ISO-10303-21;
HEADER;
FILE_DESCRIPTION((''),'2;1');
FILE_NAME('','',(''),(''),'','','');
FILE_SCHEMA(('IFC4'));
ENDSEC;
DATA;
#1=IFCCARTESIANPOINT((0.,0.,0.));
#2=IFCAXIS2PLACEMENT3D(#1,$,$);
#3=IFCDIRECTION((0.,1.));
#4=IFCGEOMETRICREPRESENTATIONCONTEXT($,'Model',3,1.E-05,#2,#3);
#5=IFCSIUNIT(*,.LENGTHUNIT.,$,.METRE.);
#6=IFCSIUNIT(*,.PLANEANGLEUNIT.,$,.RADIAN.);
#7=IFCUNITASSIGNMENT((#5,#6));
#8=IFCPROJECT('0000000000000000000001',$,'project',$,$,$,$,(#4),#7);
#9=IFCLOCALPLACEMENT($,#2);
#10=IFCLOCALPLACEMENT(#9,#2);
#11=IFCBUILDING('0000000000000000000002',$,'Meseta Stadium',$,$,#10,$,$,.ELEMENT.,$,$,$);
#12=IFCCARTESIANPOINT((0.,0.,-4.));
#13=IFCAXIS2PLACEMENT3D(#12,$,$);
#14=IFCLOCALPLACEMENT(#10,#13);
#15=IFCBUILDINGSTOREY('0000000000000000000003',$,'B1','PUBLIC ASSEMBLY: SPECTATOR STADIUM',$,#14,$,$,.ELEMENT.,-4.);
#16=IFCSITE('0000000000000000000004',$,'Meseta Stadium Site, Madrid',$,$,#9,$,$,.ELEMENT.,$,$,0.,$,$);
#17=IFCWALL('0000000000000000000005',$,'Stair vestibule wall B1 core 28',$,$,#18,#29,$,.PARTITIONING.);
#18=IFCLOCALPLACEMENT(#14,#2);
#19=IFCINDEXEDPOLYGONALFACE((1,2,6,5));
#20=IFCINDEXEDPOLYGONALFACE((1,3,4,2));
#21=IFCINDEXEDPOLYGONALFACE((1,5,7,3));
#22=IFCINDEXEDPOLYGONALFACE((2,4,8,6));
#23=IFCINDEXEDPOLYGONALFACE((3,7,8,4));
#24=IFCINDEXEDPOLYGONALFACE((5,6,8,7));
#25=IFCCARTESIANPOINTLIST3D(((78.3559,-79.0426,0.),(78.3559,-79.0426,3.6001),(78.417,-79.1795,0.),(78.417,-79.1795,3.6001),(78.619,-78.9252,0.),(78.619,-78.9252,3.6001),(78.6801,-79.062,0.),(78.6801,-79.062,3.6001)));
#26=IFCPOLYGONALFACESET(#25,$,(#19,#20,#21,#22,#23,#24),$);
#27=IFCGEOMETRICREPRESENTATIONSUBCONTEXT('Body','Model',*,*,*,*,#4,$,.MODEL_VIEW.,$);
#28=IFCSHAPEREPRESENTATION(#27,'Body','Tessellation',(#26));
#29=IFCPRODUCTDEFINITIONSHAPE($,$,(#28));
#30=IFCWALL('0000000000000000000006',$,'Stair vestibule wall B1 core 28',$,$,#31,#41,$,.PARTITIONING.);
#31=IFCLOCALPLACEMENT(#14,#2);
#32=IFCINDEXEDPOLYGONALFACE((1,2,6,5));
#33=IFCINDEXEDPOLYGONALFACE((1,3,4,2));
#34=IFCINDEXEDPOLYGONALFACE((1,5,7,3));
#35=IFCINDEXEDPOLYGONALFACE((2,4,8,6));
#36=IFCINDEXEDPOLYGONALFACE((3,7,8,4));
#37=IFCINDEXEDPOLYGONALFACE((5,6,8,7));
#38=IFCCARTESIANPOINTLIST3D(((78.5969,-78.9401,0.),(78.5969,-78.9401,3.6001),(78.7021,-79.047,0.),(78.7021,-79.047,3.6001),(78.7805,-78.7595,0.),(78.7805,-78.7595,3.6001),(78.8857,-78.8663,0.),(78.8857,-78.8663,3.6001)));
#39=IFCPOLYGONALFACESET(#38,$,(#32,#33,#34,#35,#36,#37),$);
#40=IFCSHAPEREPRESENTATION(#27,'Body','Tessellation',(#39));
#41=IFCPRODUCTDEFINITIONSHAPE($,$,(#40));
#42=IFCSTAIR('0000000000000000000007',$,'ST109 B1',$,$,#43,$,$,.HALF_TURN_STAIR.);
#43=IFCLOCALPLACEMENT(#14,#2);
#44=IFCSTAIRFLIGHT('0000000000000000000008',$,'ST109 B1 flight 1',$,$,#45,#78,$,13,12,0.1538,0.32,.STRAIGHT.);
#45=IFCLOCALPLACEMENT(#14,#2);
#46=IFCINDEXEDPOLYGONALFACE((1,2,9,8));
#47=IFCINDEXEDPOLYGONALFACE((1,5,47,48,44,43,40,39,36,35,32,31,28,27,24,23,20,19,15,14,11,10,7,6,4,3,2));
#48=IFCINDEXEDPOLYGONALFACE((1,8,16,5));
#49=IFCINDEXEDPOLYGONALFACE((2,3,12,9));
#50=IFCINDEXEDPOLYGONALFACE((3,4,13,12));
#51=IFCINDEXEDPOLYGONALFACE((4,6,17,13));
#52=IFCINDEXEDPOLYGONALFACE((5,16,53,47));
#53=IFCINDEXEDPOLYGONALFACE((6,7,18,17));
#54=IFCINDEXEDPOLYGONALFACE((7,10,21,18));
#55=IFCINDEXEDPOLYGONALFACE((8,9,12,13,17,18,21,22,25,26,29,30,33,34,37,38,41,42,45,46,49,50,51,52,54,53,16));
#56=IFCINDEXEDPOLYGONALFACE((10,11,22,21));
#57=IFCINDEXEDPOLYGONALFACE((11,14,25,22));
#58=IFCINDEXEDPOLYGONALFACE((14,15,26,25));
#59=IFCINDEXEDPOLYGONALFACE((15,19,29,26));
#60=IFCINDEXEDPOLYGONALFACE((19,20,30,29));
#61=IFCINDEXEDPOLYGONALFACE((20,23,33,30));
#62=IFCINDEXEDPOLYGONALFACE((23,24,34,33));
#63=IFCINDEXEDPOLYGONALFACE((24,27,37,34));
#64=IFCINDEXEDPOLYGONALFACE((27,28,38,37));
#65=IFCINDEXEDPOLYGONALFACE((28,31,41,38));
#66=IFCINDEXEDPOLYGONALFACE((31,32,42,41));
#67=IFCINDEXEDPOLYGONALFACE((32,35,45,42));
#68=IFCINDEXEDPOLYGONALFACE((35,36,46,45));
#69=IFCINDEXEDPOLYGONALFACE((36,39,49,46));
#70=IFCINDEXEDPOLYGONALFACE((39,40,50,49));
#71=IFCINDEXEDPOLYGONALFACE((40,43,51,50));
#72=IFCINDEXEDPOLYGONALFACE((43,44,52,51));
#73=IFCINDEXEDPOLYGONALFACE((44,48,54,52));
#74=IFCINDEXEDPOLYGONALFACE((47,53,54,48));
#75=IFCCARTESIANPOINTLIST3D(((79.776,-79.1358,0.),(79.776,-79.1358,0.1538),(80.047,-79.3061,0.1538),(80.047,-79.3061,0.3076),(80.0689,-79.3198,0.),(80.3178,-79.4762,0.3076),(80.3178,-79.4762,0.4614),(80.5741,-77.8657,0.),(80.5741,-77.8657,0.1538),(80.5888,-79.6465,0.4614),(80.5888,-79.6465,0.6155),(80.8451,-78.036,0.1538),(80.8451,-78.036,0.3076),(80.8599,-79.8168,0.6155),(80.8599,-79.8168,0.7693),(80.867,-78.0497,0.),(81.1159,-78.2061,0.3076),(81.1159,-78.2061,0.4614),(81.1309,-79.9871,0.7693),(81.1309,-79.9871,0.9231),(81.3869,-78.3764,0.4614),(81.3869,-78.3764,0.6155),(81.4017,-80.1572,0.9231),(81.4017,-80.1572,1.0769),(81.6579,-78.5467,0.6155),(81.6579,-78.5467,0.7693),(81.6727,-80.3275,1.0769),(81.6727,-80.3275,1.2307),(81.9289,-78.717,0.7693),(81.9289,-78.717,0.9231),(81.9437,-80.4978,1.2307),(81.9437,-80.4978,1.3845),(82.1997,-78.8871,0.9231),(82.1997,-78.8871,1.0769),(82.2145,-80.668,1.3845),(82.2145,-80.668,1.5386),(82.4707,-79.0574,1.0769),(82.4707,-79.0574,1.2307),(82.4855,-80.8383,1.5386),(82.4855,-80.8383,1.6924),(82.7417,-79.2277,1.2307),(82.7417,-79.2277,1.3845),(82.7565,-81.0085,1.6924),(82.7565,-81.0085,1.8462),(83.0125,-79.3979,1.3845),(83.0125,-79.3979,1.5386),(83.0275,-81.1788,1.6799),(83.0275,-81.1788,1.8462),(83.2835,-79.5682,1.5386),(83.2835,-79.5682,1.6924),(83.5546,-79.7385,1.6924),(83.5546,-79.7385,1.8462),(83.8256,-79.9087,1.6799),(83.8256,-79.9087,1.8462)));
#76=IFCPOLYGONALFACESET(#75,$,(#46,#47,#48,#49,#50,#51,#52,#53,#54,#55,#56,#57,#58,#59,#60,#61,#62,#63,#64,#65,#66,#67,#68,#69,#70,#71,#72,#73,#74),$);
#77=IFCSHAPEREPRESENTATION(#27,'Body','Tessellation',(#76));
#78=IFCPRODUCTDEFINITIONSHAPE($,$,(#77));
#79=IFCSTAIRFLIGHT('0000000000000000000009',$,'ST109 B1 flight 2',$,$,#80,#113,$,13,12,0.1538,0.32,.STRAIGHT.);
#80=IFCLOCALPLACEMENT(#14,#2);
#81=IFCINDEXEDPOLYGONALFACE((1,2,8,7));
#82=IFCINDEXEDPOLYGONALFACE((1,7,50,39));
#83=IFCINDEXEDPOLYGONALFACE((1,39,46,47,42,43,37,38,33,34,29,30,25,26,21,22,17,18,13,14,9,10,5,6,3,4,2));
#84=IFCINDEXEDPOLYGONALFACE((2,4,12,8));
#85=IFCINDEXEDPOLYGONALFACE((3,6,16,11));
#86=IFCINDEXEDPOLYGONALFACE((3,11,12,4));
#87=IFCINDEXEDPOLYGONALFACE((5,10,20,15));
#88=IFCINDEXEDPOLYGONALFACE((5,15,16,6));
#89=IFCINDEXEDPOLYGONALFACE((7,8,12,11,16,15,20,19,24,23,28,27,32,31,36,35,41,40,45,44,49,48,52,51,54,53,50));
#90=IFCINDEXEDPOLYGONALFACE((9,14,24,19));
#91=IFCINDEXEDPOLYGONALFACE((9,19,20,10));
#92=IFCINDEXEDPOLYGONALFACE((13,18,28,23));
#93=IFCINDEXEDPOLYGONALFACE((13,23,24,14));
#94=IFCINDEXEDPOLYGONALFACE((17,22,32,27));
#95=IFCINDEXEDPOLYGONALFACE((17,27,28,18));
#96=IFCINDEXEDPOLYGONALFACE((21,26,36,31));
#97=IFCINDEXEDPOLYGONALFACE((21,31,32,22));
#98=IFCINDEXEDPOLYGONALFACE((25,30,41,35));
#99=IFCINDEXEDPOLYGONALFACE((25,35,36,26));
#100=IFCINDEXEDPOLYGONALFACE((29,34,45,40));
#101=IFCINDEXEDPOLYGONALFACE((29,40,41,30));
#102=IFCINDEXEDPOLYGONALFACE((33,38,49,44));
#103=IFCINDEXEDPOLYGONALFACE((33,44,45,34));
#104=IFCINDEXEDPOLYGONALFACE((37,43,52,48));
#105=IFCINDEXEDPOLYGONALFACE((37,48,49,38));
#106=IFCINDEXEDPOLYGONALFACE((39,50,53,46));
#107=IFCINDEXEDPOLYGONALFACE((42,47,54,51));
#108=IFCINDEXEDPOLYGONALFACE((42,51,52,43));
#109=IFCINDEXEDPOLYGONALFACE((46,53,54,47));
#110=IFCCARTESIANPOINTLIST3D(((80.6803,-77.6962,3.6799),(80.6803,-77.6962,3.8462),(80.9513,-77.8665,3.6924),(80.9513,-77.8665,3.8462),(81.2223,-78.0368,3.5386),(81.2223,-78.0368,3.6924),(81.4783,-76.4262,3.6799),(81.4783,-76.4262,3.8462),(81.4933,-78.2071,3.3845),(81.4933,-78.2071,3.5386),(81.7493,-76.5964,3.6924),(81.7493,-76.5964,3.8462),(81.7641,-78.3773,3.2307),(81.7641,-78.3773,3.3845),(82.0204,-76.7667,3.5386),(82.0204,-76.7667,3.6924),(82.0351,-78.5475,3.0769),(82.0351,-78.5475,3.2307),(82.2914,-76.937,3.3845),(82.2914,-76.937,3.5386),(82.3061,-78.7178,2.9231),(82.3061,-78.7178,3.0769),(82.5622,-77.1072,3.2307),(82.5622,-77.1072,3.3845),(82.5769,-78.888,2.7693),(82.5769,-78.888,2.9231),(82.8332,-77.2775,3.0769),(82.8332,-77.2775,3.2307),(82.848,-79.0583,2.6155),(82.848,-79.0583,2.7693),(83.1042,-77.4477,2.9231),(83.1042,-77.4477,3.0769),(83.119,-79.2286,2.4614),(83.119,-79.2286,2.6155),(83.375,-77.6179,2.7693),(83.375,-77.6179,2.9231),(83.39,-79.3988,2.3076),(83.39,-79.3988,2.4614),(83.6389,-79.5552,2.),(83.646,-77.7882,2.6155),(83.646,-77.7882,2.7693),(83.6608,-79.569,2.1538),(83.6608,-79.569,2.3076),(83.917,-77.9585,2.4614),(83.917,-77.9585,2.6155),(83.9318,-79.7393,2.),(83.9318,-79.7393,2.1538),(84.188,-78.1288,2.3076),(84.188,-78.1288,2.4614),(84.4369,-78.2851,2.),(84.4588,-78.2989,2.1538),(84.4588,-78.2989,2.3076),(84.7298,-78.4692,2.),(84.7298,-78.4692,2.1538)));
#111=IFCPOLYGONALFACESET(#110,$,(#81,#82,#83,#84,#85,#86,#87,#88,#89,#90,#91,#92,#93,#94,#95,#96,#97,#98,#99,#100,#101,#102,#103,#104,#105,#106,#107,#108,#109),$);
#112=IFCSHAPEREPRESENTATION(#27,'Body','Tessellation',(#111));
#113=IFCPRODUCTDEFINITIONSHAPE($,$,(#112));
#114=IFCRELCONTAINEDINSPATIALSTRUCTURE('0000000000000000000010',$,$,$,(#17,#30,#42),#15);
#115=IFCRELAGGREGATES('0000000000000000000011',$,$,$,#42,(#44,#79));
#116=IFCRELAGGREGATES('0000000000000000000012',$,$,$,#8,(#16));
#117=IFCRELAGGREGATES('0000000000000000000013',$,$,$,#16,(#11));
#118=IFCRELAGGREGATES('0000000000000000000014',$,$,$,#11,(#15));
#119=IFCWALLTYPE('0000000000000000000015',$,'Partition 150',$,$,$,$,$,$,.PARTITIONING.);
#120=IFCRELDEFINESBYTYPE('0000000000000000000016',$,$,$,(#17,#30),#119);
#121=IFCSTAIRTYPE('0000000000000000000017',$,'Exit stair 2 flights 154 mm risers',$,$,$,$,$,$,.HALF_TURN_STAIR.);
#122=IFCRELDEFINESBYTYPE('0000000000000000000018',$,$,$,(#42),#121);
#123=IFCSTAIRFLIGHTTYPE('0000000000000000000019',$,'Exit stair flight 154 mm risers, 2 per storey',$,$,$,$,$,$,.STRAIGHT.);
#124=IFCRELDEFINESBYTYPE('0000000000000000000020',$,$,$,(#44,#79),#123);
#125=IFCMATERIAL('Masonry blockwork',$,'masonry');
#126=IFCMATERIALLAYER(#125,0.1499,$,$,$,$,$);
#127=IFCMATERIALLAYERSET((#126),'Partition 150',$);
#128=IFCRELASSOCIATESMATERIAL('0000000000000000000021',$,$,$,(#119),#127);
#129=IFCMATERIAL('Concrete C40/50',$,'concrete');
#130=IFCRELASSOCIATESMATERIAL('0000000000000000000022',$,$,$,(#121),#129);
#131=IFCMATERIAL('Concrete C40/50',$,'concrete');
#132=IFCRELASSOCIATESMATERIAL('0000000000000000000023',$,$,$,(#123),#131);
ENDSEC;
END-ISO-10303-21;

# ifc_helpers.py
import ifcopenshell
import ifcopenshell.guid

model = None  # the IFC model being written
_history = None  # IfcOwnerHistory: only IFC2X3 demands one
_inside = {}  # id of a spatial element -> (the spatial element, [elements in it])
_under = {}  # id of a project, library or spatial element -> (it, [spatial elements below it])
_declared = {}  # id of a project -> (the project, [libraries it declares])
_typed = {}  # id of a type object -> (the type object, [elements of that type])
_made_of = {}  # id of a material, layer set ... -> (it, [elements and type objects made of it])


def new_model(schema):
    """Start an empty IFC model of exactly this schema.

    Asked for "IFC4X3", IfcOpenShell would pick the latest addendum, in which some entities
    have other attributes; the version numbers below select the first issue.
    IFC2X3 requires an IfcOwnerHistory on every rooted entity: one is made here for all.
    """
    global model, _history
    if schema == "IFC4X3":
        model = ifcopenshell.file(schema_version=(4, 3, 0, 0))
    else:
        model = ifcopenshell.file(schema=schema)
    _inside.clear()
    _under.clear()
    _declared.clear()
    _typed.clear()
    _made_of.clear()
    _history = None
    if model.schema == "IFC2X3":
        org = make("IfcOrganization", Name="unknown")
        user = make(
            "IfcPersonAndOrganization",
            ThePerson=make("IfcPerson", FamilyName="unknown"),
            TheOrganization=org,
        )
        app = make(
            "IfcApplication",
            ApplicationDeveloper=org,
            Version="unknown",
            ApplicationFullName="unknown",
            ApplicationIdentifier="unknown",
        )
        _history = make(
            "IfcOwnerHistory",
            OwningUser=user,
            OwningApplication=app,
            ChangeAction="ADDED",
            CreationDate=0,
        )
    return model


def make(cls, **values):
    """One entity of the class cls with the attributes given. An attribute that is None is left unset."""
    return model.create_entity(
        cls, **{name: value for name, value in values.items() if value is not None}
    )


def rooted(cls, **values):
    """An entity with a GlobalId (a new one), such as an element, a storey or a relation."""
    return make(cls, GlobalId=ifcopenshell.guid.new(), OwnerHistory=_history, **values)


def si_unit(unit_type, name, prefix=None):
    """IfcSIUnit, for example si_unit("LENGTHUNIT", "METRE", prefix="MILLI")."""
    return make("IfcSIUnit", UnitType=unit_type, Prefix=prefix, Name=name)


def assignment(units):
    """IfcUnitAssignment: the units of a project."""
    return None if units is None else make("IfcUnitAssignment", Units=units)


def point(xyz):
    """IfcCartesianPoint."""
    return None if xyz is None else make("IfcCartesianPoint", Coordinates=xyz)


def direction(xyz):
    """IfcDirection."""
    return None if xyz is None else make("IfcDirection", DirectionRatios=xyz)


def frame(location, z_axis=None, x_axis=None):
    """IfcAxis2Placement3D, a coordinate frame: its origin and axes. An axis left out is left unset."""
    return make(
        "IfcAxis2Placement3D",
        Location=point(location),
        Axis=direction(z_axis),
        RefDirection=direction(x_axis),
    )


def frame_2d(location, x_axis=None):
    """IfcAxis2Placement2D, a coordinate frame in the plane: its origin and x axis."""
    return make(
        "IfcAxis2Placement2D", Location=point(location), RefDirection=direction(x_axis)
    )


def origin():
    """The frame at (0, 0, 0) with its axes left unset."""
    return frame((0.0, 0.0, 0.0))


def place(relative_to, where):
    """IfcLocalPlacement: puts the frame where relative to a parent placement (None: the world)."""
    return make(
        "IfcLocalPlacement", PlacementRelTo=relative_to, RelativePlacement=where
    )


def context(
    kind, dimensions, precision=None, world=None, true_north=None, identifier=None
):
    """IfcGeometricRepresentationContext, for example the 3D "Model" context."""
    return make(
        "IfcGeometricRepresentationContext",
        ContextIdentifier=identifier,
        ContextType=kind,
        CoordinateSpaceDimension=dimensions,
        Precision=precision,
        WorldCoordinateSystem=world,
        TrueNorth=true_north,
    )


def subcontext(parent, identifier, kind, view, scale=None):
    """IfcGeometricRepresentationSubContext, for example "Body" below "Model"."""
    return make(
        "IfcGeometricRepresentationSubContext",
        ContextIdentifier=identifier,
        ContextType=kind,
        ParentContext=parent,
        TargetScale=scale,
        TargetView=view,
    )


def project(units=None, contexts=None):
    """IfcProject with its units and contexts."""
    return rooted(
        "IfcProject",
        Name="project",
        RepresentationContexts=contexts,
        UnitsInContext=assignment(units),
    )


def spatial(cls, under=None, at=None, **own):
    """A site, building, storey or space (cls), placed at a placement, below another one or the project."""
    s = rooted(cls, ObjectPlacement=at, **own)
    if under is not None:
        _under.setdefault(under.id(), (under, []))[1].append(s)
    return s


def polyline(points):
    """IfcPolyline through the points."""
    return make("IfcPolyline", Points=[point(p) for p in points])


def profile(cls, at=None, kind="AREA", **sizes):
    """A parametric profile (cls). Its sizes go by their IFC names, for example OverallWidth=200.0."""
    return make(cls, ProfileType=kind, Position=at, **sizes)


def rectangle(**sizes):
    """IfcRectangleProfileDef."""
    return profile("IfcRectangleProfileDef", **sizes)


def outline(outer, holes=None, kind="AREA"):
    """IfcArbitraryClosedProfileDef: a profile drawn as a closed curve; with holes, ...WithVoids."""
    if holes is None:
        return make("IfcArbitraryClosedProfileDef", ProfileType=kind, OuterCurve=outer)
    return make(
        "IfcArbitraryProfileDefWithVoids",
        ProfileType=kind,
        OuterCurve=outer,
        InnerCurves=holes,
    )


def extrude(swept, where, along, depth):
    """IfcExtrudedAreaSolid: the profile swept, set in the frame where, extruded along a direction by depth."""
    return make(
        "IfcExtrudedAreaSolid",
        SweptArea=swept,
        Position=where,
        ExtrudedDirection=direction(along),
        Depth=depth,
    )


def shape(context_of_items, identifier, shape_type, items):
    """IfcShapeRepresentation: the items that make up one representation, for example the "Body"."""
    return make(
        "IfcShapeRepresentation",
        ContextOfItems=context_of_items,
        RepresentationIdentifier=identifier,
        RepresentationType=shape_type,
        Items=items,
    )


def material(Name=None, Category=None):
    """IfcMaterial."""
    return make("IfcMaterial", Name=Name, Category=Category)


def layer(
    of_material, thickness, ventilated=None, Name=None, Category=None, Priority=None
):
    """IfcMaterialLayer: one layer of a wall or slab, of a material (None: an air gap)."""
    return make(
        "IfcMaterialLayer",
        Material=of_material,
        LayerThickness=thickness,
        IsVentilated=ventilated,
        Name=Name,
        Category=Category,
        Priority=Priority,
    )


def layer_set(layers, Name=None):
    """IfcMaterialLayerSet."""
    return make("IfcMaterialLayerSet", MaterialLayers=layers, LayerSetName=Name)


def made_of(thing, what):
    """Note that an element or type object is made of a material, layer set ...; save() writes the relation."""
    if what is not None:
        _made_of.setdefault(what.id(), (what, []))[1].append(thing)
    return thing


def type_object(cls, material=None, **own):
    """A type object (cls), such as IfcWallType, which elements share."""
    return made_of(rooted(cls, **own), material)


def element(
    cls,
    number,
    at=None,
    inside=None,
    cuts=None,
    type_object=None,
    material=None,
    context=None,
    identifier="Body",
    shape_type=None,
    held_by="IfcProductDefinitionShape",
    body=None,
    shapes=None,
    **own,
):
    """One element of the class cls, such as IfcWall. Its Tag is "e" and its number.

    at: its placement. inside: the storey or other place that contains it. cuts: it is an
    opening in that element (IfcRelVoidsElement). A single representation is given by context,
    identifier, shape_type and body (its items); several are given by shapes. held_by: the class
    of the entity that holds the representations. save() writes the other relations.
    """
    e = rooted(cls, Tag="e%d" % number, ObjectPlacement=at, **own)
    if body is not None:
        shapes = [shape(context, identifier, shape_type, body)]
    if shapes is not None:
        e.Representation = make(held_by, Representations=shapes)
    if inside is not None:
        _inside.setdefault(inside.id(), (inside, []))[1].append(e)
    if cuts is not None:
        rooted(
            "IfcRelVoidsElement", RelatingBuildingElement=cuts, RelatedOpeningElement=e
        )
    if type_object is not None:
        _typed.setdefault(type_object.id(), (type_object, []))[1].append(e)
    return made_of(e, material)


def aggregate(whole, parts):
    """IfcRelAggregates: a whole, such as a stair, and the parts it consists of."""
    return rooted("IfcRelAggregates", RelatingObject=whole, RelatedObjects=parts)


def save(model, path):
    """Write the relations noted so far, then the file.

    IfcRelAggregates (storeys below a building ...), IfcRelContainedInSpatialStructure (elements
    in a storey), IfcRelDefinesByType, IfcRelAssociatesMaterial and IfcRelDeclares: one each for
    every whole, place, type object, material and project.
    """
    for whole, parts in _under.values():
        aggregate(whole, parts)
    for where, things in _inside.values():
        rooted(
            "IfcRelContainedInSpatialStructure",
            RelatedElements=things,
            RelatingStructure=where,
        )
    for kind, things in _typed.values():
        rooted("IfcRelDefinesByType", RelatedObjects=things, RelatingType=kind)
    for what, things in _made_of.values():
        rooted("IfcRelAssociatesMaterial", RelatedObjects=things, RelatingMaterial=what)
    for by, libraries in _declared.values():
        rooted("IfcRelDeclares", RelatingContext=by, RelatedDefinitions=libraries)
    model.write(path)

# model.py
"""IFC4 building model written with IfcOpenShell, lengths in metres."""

from ifc_helpers import new_model, si_unit, direction, frame, frame_2d, origin, place, context, subcontext, project, spatial, polyline, rectangle, outline, extrude, material, layer, layer_set, type_object, element, aggregate, save


model = new_model("IFC4")

# Units and contexts
model_context = context("Model", 3, precision=1e-05, world=origin(), true_north=direction((0.0, 1.0)))
body_context = subcontext(model_context, "Body", "Model", "MODEL_VIEW")
ifc_project = project(units=[si_unit("LENGTHUNIT", "METRE"), si_unit("PLANEANGLEUNIT", "RADIAN")], contexts=[model_context])

# Site, building, storey
site_placement = place(None, origin())
site = spatial("IfcSite", under=ifc_project, at=site_placement, Name="Meseta Stadium Site, Madrid", CompositionType="ELEMENT", RefElevation=0.0)
building_placement = place(site_placement, origin())
building = spatial("IfcBuilding", under=site, at=building_placement, Name="Meseta Stadium", CompositionType="ELEMENT")
storey_placement = place(building_placement, frame((0.0, 0.0, -4.0)))
storey = spatial("IfcBuildingStorey", under=building, at=storey_placement, Name="B1", Description="PUBLIC ASSEMBLY: SPECTATOR STADIUM", CompositionType="ELEMENT", Elevation=-4.0)

# Walls
ifc_material_1 = material(Name="Masonry blockwork", Category="masonry")
ifc_layer_1 = layer(ifc_material_1, 0.1499)
ifc_layer_set_1 = layer_set([ifc_layer_1], Name="Partition 150")
wall_type_1 = type_object("IfcWallType", Name="Partition 150", PredefinedType="PARTITIONING", material=ifc_layer_set_1)
wall_1_placement = place(storey_placement, frame((78.3865, -79.1111, 0.0), z_axis=(0.0, 0.0, 1.0), x_axis=(0.913076, 0.40779, 0.0)))
element("IfcWall", 1, at=wall_1_placement, inside=storey, type_object=wall_type_1, Name="Stair vestibule wall B1 core 28", PredefinedType="PARTITIONING", context=body_context, shape_type="SweptSolid", body=[
    extrude(rectangle(XDim=0.2881, YDim=0.1499, at=frame_2d((0.144, 0.0))), origin(), (0.0, 0.0, 1.0), 3.6001),
])
wall_2_placement = place(storey_placement, frame((78.6494, -78.9937, 0.0), z_axis=(0.0, 0.0, 1.0), x_axis=(0.712771, 0.701397, 0.0)))
element("IfcWall", 2, at=wall_2_placement, inside=storey, type_object=wall_type_1, Name="Stair vestibule wall B1 core 28", PredefinedType="PARTITIONING", context=body_context, shape_type="SweptSolid", body=[
    extrude(rectangle(XDim=0.2576, YDim=0.1499, at=frame_2d((0.1289, 0.0))), origin(), (0.0, 0.0, 1.0), 3.6001),
])

# Stair, stair flights
ifc_material_2 = material(Name="Concrete C40/50", Category="concrete")
stair_type = type_object("IfcStairType", Name="Exit stair 2 flights 154 mm risers", PredefinedType="HALF_TURN_STAIR", material=ifc_material_2)
stair_placement = place(storey_placement, origin())
stair = element("IfcStair", 3, at=stair_placement, inside=storey, type_object=stair_type, Name="ST109 B1", PredefinedType="HALF_TURN_STAIR")
ifc_material_3 = material(Name="Concrete C40/50", Category="concrete")
stair_flight_type = type_object("IfcStairFlightType", Name="Exit stair flight 154 mm risers, 2 per storey", PredefinedType="STRAIGHT", material=ifc_material_3)
stair_flight_1_placement = place(storey_placement, frame((80.175, -78.5007, 0.0), z_axis=(0.0, 0.0, 1.0), x_axis=(0.846724, -0.532032, 0.0)))
stair_flight_1 = element("IfcStairFlight", 4, at=stair_flight_1_placement, type_object=stair_flight_type, Name="ST109 B1 flight 1", NumberOfRisers=13, NumberOfTreads=12, PredefinedType="STRAIGHT", RiserHeight=0.1538, TreadLength=0.32, context=body_context, shape_type="SweptSolid", body=[
    extrude(outline(polyline([(0.0, 0.0), (0.0, 0.1538), (0.3201, 0.1538), (0.3201, 0.3076), (0.6399, 0.3076), (0.6399, 0.4614), (0.96, 0.4614), (0.96, 0.6155), (1.28, 0.6155), (1.28, 0.7693), (1.6001, 0.7693), (1.6001, 0.9231), (1.9199, 0.9231), (1.9199, 1.0769), (2.24, 1.0769), (2.24, 1.2307), (2.5601, 1.2307), (2.5601, 1.3845), (2.8799, 1.3845), (2.8799, 1.5386), (3.2, 1.5386), (3.2, 1.6924), (3.52, 1.6924), (3.52, 1.8462), (3.8401, 1.8462), (3.8401, 1.6799), (0.3459, 0.0), (0.0, 0.0)])), frame((0.0, 0.75, 0.0), z_axis=(0.0, -1.0, 0.0), x_axis=(1.0, 0.0, 0.0)), (0.0, 0.0, 1.0), 1.5),
])
stair_flight_2_placement = place(storey_placement, frame((84.3308, -79.1042, 2.0), z_axis=(0.0, 0.0, 1.0), x_axis=(-0.846724, 0.532032, 0.0)))
stair_flight_2 = element("IfcStairFlight", 5, at=stair_flight_2_placement, type_object=stair_flight_type, Name="ST109 B1 flight 2", NumberOfRisers=13, NumberOfTreads=12, PredefinedType="STRAIGHT", RiserHeight=0.1538, TreadLength=0.32, context=body_context, shape_type="SweptSolid", body=[
    extrude(outline(polyline([(0.0, 0.0), (0.0, 0.1538), (0.3201, 0.1538), (0.3201, 0.3076), (0.6399, 0.3076), (0.6399, 0.4614), (0.96, 0.4614), (0.96, 0.6155), (1.28, 0.6155), (1.28, 0.7693), (1.6001, 0.7693), (1.6001, 0.9231), (1.9199, 0.9231), (1.9199, 1.0769), (2.24, 1.0769), (2.24, 1.2307), (2.5601, 1.2307), (2.5601, 1.3845), (2.8799, 1.3845), (2.8799, 1.5386), (3.2, 1.5386), (3.2, 1.6924), (3.52, 1.6924), (3.52, 1.8462), (3.8401, 1.8462), (3.8401, 1.6799), (0.3459, 0.0), (0.0, 0.0)])), frame((0.0, 0.75, 0.0), z_axis=(0.0, -1.0, 0.0), x_axis=(1.0, 0.0, 0.0)), (0.0, 0.0, 1.0), 1.5),
])
aggregate(stair, [stair_flight_1, stair_flight_2])

save(model, "model.ifc")
